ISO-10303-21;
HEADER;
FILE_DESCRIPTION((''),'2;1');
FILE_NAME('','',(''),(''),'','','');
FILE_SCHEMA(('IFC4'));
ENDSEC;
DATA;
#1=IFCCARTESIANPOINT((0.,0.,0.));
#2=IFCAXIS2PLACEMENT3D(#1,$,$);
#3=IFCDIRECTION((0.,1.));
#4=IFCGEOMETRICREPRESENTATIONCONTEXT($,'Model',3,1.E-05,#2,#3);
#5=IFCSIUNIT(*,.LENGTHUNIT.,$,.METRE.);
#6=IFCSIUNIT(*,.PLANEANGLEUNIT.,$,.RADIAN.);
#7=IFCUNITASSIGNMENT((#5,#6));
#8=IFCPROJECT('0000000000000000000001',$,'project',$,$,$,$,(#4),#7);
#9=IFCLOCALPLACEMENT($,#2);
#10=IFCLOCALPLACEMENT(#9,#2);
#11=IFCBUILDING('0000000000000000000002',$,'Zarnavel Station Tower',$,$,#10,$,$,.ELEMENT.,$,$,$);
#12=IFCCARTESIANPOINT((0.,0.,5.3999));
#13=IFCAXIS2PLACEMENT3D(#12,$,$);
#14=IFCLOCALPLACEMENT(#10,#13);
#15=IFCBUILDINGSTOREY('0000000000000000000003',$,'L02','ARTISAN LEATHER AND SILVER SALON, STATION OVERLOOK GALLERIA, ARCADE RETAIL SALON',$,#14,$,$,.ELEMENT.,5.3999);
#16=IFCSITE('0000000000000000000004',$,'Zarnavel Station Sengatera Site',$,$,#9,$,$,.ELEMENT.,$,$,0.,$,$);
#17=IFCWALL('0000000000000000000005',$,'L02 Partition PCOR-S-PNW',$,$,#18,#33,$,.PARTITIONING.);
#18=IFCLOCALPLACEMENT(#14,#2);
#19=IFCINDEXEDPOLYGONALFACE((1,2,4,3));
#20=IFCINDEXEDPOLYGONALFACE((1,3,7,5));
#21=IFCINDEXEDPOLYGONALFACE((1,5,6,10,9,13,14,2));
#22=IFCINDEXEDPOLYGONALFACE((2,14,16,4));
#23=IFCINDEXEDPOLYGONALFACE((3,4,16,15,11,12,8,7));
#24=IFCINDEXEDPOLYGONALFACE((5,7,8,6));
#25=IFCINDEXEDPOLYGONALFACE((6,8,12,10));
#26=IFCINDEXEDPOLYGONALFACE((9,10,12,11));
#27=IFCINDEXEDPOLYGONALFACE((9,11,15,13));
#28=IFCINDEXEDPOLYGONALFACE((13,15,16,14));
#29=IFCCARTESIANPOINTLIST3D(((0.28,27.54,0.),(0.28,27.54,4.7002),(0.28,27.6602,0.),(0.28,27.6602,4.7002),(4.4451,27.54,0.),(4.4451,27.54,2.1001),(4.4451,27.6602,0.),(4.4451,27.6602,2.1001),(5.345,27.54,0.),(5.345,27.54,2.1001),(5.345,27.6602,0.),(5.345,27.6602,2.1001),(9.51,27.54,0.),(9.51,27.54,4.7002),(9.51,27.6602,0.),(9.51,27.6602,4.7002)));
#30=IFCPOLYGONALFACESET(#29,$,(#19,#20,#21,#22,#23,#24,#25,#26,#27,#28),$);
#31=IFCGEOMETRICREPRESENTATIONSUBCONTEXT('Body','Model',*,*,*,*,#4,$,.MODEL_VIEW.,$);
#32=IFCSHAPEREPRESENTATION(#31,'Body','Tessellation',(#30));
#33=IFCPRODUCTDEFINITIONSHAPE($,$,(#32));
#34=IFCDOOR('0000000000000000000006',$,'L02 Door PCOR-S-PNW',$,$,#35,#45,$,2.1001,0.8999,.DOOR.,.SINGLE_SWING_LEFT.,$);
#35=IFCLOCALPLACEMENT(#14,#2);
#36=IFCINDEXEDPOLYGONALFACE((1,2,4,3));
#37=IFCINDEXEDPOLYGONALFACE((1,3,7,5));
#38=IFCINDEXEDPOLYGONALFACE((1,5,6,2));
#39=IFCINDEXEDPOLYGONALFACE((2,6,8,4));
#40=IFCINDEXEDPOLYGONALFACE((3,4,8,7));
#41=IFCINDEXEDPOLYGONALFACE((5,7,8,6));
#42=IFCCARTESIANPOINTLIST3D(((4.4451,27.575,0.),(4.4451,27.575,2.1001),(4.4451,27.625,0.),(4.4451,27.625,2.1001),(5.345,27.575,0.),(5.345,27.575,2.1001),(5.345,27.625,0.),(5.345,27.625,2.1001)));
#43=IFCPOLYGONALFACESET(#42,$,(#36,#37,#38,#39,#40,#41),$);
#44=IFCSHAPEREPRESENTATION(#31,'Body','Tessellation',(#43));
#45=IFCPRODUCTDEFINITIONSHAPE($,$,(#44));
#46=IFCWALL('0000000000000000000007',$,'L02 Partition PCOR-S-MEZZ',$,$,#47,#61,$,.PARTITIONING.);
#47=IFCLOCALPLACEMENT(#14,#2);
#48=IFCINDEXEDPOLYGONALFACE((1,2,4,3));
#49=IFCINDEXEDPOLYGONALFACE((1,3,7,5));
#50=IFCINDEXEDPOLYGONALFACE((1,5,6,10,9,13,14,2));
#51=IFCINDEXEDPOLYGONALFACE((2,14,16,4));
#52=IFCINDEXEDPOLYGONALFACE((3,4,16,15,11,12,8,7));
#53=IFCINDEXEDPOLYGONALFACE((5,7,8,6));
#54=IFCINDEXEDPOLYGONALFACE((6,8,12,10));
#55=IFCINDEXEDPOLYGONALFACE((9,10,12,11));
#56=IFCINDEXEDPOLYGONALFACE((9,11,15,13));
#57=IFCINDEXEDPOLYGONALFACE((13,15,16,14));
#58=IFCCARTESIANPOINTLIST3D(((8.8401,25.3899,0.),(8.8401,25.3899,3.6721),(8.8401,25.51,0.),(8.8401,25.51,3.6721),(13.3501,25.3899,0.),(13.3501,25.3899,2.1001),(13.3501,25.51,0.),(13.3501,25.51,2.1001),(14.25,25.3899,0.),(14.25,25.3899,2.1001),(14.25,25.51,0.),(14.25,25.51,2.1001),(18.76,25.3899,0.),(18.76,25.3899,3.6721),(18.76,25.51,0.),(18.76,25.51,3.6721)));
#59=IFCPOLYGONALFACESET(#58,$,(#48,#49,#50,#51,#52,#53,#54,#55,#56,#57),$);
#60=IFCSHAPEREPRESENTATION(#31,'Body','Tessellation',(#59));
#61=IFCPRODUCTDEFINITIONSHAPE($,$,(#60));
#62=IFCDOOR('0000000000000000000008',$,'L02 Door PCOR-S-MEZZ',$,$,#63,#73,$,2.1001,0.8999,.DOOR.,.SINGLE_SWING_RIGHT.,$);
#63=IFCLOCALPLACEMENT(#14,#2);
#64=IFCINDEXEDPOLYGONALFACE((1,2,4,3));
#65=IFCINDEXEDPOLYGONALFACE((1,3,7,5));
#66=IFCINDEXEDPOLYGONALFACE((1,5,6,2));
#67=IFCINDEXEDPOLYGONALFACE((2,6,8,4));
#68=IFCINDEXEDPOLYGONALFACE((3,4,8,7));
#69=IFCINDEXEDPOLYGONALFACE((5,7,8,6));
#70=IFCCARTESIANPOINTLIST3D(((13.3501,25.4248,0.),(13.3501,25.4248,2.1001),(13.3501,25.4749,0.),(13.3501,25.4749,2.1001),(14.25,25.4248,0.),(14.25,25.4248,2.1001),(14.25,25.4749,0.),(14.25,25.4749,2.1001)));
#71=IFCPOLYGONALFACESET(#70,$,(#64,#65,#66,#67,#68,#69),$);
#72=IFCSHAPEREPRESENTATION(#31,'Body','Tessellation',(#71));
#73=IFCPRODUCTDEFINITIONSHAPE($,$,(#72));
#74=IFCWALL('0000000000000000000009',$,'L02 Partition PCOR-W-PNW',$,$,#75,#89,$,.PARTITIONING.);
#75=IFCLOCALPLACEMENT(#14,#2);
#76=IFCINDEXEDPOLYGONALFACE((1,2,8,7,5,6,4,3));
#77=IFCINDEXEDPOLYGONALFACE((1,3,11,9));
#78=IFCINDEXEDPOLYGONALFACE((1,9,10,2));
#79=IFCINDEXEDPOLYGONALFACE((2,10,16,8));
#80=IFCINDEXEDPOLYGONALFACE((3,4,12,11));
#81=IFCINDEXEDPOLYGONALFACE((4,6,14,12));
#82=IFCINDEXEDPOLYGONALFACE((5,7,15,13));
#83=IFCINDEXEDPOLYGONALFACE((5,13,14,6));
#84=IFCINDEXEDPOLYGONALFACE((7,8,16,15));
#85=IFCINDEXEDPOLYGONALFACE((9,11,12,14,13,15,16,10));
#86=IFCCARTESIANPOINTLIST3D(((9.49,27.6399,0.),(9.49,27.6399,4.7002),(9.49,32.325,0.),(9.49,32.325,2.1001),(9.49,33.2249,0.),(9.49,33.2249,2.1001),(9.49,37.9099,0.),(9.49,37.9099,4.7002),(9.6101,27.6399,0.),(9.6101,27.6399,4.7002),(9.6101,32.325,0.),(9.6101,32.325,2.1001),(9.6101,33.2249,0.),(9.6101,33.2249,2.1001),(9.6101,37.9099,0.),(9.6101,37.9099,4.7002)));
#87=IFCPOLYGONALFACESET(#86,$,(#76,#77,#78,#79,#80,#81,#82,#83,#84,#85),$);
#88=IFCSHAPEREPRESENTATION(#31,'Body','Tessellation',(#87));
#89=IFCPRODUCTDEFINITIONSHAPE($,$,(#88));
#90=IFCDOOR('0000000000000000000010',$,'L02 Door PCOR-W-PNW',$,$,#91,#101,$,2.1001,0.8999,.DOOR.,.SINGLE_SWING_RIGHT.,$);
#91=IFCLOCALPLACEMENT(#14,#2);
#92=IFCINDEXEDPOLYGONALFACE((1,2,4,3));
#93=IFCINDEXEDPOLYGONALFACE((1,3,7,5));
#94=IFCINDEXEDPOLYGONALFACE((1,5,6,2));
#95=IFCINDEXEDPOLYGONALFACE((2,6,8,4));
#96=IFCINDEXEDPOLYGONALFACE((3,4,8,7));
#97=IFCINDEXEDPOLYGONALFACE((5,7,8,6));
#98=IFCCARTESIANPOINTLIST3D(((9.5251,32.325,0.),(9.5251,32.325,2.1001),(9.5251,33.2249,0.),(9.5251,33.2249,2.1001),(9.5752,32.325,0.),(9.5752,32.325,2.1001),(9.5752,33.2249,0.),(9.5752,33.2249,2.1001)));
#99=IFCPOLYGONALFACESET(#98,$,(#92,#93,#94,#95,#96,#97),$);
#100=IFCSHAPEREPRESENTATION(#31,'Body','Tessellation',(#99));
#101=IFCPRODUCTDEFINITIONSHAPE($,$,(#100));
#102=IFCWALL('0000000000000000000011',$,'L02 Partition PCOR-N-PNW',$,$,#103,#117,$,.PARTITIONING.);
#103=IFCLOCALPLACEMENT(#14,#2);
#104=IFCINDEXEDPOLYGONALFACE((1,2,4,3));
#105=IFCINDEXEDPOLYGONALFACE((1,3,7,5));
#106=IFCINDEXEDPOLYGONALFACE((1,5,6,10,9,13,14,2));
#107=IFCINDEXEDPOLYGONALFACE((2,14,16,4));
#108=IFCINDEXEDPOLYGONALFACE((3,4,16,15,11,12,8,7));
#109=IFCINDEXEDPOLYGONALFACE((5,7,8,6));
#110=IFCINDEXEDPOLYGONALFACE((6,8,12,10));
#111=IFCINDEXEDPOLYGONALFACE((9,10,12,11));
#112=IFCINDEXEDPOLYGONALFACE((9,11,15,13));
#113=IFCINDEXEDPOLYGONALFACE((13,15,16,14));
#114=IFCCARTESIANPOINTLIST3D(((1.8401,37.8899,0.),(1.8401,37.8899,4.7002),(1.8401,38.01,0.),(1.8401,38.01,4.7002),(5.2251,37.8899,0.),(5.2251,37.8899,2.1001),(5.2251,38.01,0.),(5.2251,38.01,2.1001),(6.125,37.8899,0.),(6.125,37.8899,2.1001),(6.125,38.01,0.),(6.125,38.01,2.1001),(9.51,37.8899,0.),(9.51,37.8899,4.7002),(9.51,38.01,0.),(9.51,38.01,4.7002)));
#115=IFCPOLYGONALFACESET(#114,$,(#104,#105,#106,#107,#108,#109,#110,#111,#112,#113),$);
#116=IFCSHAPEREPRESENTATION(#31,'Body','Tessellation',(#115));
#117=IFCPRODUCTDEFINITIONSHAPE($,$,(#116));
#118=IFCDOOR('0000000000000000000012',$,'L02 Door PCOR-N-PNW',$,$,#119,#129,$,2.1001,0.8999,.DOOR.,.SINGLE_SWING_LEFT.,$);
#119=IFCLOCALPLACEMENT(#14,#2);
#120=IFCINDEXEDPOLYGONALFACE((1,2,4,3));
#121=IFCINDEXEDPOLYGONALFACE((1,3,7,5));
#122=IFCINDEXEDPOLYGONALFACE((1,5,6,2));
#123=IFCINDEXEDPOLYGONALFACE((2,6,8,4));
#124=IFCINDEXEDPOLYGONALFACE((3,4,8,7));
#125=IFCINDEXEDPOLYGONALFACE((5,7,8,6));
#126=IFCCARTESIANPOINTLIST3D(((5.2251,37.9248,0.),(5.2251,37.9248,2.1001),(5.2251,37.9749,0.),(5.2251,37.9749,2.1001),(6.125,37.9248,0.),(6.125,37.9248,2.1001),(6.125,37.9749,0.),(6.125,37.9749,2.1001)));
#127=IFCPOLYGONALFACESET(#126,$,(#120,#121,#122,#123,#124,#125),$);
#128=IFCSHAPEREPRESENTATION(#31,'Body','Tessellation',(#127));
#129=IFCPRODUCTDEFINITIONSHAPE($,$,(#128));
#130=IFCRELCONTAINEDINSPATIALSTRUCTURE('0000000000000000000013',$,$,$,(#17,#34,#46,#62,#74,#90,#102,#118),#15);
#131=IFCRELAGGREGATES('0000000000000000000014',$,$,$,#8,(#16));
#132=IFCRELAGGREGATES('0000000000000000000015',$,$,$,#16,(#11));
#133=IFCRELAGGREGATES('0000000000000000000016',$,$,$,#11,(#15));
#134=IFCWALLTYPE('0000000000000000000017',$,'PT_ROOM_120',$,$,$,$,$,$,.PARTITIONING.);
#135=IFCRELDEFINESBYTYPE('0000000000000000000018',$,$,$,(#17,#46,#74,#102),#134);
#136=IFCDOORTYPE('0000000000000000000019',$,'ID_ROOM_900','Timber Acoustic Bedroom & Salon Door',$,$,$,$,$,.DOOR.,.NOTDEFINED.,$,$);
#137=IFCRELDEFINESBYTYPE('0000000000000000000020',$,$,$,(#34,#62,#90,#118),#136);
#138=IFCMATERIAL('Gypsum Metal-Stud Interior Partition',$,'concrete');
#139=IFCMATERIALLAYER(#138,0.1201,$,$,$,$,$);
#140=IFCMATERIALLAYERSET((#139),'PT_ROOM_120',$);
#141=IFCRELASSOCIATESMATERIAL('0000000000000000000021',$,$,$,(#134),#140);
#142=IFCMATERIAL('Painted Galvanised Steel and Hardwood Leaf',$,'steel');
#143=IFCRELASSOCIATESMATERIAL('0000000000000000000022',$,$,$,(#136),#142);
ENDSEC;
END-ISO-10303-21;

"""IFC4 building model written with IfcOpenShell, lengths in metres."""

from ifc_helpers import new_model, si_unit, direction, frame, frame_2d, origin, place, context, subcontext, project, spatial, rectangle, extrude, material, layer, layer_set, type_object, element, fill, save


model = new_model("IFC4")

# Units and contexts
model_context = context("Model", 3, precision=1e-05, world=origin(), true_north=direction((0.0, 1.0)))
body_context = subcontext(model_context, "Body", "Model", "MODEL_VIEW")
ifc_project = project(units=[si_unit("LENGTHUNIT", "METRE"), si_unit("PLANEANGLEUNIT", "RADIAN")], contexts=[model_context])

# Site, building, storey
site_placement = place(None, origin())
site = spatial("IfcSite", under=ifc_project, at=site_placement, Name="Zarnavel Station Sengatera Site", CompositionType="ELEMENT", RefElevation=0.0)
building_placement = place(site_placement, origin())
building = spatial("IfcBuilding", under=site, at=building_placement, Name="Zarnavel Station Tower", CompositionType="ELEMENT")
storey_placement = place(building_placement, frame((0.0, 0.0, 5.3999)))
storey = spatial("IfcBuildingStorey", under=building, at=storey_placement, Name="L02", Description="ARTISAN LEATHER AND SILVER SALON, STATION OVERLOOK GALLERIA, ARCADE RETAIL SALON", CompositionType="ELEMENT", Elevation=5.3999)

# Walls, openings, doors
ifc_material_1 = material(Name="Gypsum Metal-Stud Interior Partition", Category="concrete")
ifc_layer_1 = layer(ifc_material_1, 0.1201)
ifc_layer_set_1 = layer_set([ifc_layer_1], Name="PT_ROOM_120")
wall_type_1 = type_object("IfcWallType", Name="PT_ROOM_120", PredefinedType="PARTITIONING", material=ifc_layer_set_1)
wall_1_placement = place(storey_placement, frame((0.28, 27.6001, 0.0), z_axis=(0.0, 0.0, 1.0), x_axis=(1.0, 0.0, 0.0)))
wall_1 = element("IfcWall", 1, at=wall_1_placement, inside=storey, type_object=wall_type_1, Name="L02 Partition PCOR-S-PNW", PredefinedType="PARTITIONING", context=body_context, shape_type="SweptSolid", body=[
    extrude(rectangle(XDim=9.23, YDim=0.1201, at=frame_2d((4.615, 0.0))), origin(), (0.0, 0.0, 1.0), 4.7002),
])
opening_1_placement = place(wall_1_placement, frame((4.165, 0.0, 0.0)))
opening_1 = element("IfcOpeningElement", 2, at=opening_1_placement, cuts=wall_1, PredefinedType="OPENING", context=body_context, shape_type="SweptSolid", body=[
    extrude(rectangle(XDim=0.8999, YDim=2.1001, at=frame_2d((0.45, 1.05))), frame((0.0, 0.0701, 0.0), z_axis=(0.0, -1.0, 0.0), x_axis=(1.0, 0.0, 0.0)), (0.0, 0.0, 1.0), 0.1401),
])
ifc_material_2 = material(Name="Painted Galvanised Steel and Hardwood Leaf", Category="steel")
door_type_1 = type_object("IfcDoorType", Name="ID_ROOM_900", Description="Timber Acoustic Bedroom & Salon Door", OperationType="NOTDEFINED", PredefinedType="DOOR", material=ifc_material_2)
door_1_placement = place(opening_1_placement, origin())
door_1 = element("IfcDoor", 3, at=door_1_placement, inside=storey, type_object=door_type_1, Name="L02 Door PCOR-S-PNW", OperationType="SINGLE_SWING_LEFT", OverallHeight=2.1001, OverallWidth=0.8999, PredefinedType="DOOR", context=body_context, shape_type="SweptSolid", body=[
    extrude(rectangle(XDim=0.8999, YDim=2.1001, at=frame_2d((0.45, 1.05))), frame((0.0, 0.0249, 0.0), z_axis=(0.0, -1.0, 0.0), x_axis=(1.0, 0.0, 0.0)), (0.0, 0.0, 1.0), 0.05),
])
fill(opening_1, door_1)
wall_2_placement = place(storey_placement, frame((8.8401, 25.45, 0.0), z_axis=(0.0, 0.0, 1.0), x_axis=(1.0, 0.0, 0.0)))
wall_2 = element("IfcWall", 4, at=wall_2_placement, inside=storey, type_object=wall_type_1, Name="L02 Partition PCOR-S-MEZZ", PredefinedType="PARTITIONING", context=body_context, shape_type="SweptSolid", body=[
    extrude(rectangle(XDim=9.9199, YDim=0.1201, at=frame_2d((4.96, 0.0))), origin(), (0.0, 0.0, 1.0), 3.6721),
])
opening_2_placement = place(wall_2_placement, frame((4.51, 0.0, 0.0)))
opening_2 = element("IfcOpeningElement", 5, at=opening_2_placement, cuts=wall_2, PredefinedType="OPENING", context=body_context, shape_type="SweptSolid", body=[
    extrude(rectangle(XDim=0.8999, YDim=2.1001, at=frame_2d((0.45, 1.05))), frame((0.0, 0.0701, 0.0), z_axis=(0.0, -1.0, 0.0), x_axis=(1.0, 0.0, 0.0)), (0.0, 0.0, 1.0), 0.1401),
])
door_2_placement = place(opening_2_placement, origin())
door_2 = element("IfcDoor", 6, at=door_2_placement, inside=storey, type_object=door_type_1, Name="L02 Door PCOR-S-MEZZ", OperationType="SINGLE_SWING_RIGHT", OverallHeight=2.1001, OverallWidth=0.8999, PredefinedType="DOOR", context=body_context, shape_type="SweptSolid", body=[
    extrude(rectangle(XDim=0.8999, YDim=2.1001, at=frame_2d((0.45, 1.05))), frame((0.0, 0.0249, 0.0), z_axis=(0.0, -1.0, 0.0), x_axis=(1.0, 0.0, 0.0)), (0.0, 0.0, 1.0), 0.05),
])
fill(opening_2, door_2)
wall_3_placement = place(storey_placement, frame((9.55, 27.6399, 0.0), z_axis=(0.0, 0.0, 1.0), x_axis=(0.0, 1.0, 0.0)))
wall_3 = element("IfcWall", 7, at=wall_3_placement, inside=storey, type_object=wall_type_1, Name="L02 Partition PCOR-W-PNW", PredefinedType="PARTITIONING", context=body_context, shape_type="SweptSolid", body=[
    extrude(rectangle(XDim=10.27, YDim=0.1201, at=frame_2d((5.135, 0.0))), origin(), (0.0, 0.0, 1.0), 4.7002),
])
opening_3_placement = place(wall_3_placement, frame((4.6851, 0.0, 0.0)))
opening_3 = element("IfcOpeningElement", 8, at=opening_3_placement, cuts=wall_3, PredefinedType="OPENING", context=body_context, shape_type="SweptSolid", body=[
    extrude(rectangle(XDim=0.8999, YDim=2.1001, at=frame_2d((0.45, 1.05))), frame((0.0, 0.0701, 0.0), z_axis=(0.0, -1.0, 0.0), x_axis=(1.0, 0.0, 0.0)), (0.0, 0.0, 1.0), 0.1401),
])
door_3_placement = place(opening_3_placement, origin())
door_3 = element("IfcDoor", 9, at=door_3_placement, inside=storey, type_object=door_type_1, Name="L02 Door PCOR-W-PNW", OperationType="SINGLE_SWING_RIGHT", OverallHeight=2.1001, OverallWidth=0.8999, PredefinedType="DOOR", context=body_context, shape_type="SweptSolid", body=[
    extrude(rectangle(XDim=0.8999, YDim=2.1001, at=frame_2d((0.45, 1.05))), frame((0.0, 0.0249, 0.0), z_axis=(0.0, -1.0, 0.0), x_axis=(1.0, 0.0, 0.0)), (0.0, 0.0, 1.0), 0.05),
])
fill(opening_3, door_3)
wall_4_placement = place(storey_placement, frame((1.8401, 37.95, 0.0), z_axis=(0.0, 0.0, 1.0), x_axis=(1.0, 0.0, 0.0)))
wall_4 = element("IfcWall", 10, at=wall_4_placement, inside=storey, type_object=wall_type_1, Name="L02 Partition PCOR-N-PNW", PredefinedType="PARTITIONING", context=body_context, shape_type="SweptSolid", body=[
    extrude(rectangle(XDim=7.6699, YDim=0.1201, at=frame_2d((3.835, 0.0))), origin(), (0.0, 0.0, 1.0), 4.7002),
])
opening_4_placement = place(wall_4_placement, frame((3.385, 0.0, 0.0)))
opening_4 = element("IfcOpeningElement", 11, at=opening_4_placement, cuts=wall_4, PredefinedType="OPENING", context=body_context, shape_type="SweptSolid", body=[
    extrude(rectangle(XDim=0.8999, YDim=2.1001, at=frame_2d((0.45, 1.05))), frame((0.0, 0.0701, 0.0), z_axis=(0.0, -1.0, 0.0), x_axis=(1.0, 0.0, 0.0)), (0.0, 0.0, 1.0), 0.1401),
])
door_4_placement = place(opening_4_placement, origin())
door_4 = element("IfcDoor", 12, at=door_4_placement, inside=storey, type_object=door_type_1, Name="L02 Door PCOR-N-PNW", OperationType="SINGLE_SWING_LEFT", OverallHeight=2.1001, OverallWidth=0.8999, PredefinedType="DOOR", context=body_context, shape_type="SweptSolid", body=[
    extrude(rectangle(XDim=0.8999, YDim=2.1001, at=frame_2d((0.45, 1.05))), frame((0.0, 0.0249, 0.0), z_axis=(0.0, -1.0, 0.0), x_axis=(1.0, 0.0, 0.0)), (0.0, 0.0, 1.0), 0.05),
])
fill(opening_4, door_4)

save(model, "model.ifc")
